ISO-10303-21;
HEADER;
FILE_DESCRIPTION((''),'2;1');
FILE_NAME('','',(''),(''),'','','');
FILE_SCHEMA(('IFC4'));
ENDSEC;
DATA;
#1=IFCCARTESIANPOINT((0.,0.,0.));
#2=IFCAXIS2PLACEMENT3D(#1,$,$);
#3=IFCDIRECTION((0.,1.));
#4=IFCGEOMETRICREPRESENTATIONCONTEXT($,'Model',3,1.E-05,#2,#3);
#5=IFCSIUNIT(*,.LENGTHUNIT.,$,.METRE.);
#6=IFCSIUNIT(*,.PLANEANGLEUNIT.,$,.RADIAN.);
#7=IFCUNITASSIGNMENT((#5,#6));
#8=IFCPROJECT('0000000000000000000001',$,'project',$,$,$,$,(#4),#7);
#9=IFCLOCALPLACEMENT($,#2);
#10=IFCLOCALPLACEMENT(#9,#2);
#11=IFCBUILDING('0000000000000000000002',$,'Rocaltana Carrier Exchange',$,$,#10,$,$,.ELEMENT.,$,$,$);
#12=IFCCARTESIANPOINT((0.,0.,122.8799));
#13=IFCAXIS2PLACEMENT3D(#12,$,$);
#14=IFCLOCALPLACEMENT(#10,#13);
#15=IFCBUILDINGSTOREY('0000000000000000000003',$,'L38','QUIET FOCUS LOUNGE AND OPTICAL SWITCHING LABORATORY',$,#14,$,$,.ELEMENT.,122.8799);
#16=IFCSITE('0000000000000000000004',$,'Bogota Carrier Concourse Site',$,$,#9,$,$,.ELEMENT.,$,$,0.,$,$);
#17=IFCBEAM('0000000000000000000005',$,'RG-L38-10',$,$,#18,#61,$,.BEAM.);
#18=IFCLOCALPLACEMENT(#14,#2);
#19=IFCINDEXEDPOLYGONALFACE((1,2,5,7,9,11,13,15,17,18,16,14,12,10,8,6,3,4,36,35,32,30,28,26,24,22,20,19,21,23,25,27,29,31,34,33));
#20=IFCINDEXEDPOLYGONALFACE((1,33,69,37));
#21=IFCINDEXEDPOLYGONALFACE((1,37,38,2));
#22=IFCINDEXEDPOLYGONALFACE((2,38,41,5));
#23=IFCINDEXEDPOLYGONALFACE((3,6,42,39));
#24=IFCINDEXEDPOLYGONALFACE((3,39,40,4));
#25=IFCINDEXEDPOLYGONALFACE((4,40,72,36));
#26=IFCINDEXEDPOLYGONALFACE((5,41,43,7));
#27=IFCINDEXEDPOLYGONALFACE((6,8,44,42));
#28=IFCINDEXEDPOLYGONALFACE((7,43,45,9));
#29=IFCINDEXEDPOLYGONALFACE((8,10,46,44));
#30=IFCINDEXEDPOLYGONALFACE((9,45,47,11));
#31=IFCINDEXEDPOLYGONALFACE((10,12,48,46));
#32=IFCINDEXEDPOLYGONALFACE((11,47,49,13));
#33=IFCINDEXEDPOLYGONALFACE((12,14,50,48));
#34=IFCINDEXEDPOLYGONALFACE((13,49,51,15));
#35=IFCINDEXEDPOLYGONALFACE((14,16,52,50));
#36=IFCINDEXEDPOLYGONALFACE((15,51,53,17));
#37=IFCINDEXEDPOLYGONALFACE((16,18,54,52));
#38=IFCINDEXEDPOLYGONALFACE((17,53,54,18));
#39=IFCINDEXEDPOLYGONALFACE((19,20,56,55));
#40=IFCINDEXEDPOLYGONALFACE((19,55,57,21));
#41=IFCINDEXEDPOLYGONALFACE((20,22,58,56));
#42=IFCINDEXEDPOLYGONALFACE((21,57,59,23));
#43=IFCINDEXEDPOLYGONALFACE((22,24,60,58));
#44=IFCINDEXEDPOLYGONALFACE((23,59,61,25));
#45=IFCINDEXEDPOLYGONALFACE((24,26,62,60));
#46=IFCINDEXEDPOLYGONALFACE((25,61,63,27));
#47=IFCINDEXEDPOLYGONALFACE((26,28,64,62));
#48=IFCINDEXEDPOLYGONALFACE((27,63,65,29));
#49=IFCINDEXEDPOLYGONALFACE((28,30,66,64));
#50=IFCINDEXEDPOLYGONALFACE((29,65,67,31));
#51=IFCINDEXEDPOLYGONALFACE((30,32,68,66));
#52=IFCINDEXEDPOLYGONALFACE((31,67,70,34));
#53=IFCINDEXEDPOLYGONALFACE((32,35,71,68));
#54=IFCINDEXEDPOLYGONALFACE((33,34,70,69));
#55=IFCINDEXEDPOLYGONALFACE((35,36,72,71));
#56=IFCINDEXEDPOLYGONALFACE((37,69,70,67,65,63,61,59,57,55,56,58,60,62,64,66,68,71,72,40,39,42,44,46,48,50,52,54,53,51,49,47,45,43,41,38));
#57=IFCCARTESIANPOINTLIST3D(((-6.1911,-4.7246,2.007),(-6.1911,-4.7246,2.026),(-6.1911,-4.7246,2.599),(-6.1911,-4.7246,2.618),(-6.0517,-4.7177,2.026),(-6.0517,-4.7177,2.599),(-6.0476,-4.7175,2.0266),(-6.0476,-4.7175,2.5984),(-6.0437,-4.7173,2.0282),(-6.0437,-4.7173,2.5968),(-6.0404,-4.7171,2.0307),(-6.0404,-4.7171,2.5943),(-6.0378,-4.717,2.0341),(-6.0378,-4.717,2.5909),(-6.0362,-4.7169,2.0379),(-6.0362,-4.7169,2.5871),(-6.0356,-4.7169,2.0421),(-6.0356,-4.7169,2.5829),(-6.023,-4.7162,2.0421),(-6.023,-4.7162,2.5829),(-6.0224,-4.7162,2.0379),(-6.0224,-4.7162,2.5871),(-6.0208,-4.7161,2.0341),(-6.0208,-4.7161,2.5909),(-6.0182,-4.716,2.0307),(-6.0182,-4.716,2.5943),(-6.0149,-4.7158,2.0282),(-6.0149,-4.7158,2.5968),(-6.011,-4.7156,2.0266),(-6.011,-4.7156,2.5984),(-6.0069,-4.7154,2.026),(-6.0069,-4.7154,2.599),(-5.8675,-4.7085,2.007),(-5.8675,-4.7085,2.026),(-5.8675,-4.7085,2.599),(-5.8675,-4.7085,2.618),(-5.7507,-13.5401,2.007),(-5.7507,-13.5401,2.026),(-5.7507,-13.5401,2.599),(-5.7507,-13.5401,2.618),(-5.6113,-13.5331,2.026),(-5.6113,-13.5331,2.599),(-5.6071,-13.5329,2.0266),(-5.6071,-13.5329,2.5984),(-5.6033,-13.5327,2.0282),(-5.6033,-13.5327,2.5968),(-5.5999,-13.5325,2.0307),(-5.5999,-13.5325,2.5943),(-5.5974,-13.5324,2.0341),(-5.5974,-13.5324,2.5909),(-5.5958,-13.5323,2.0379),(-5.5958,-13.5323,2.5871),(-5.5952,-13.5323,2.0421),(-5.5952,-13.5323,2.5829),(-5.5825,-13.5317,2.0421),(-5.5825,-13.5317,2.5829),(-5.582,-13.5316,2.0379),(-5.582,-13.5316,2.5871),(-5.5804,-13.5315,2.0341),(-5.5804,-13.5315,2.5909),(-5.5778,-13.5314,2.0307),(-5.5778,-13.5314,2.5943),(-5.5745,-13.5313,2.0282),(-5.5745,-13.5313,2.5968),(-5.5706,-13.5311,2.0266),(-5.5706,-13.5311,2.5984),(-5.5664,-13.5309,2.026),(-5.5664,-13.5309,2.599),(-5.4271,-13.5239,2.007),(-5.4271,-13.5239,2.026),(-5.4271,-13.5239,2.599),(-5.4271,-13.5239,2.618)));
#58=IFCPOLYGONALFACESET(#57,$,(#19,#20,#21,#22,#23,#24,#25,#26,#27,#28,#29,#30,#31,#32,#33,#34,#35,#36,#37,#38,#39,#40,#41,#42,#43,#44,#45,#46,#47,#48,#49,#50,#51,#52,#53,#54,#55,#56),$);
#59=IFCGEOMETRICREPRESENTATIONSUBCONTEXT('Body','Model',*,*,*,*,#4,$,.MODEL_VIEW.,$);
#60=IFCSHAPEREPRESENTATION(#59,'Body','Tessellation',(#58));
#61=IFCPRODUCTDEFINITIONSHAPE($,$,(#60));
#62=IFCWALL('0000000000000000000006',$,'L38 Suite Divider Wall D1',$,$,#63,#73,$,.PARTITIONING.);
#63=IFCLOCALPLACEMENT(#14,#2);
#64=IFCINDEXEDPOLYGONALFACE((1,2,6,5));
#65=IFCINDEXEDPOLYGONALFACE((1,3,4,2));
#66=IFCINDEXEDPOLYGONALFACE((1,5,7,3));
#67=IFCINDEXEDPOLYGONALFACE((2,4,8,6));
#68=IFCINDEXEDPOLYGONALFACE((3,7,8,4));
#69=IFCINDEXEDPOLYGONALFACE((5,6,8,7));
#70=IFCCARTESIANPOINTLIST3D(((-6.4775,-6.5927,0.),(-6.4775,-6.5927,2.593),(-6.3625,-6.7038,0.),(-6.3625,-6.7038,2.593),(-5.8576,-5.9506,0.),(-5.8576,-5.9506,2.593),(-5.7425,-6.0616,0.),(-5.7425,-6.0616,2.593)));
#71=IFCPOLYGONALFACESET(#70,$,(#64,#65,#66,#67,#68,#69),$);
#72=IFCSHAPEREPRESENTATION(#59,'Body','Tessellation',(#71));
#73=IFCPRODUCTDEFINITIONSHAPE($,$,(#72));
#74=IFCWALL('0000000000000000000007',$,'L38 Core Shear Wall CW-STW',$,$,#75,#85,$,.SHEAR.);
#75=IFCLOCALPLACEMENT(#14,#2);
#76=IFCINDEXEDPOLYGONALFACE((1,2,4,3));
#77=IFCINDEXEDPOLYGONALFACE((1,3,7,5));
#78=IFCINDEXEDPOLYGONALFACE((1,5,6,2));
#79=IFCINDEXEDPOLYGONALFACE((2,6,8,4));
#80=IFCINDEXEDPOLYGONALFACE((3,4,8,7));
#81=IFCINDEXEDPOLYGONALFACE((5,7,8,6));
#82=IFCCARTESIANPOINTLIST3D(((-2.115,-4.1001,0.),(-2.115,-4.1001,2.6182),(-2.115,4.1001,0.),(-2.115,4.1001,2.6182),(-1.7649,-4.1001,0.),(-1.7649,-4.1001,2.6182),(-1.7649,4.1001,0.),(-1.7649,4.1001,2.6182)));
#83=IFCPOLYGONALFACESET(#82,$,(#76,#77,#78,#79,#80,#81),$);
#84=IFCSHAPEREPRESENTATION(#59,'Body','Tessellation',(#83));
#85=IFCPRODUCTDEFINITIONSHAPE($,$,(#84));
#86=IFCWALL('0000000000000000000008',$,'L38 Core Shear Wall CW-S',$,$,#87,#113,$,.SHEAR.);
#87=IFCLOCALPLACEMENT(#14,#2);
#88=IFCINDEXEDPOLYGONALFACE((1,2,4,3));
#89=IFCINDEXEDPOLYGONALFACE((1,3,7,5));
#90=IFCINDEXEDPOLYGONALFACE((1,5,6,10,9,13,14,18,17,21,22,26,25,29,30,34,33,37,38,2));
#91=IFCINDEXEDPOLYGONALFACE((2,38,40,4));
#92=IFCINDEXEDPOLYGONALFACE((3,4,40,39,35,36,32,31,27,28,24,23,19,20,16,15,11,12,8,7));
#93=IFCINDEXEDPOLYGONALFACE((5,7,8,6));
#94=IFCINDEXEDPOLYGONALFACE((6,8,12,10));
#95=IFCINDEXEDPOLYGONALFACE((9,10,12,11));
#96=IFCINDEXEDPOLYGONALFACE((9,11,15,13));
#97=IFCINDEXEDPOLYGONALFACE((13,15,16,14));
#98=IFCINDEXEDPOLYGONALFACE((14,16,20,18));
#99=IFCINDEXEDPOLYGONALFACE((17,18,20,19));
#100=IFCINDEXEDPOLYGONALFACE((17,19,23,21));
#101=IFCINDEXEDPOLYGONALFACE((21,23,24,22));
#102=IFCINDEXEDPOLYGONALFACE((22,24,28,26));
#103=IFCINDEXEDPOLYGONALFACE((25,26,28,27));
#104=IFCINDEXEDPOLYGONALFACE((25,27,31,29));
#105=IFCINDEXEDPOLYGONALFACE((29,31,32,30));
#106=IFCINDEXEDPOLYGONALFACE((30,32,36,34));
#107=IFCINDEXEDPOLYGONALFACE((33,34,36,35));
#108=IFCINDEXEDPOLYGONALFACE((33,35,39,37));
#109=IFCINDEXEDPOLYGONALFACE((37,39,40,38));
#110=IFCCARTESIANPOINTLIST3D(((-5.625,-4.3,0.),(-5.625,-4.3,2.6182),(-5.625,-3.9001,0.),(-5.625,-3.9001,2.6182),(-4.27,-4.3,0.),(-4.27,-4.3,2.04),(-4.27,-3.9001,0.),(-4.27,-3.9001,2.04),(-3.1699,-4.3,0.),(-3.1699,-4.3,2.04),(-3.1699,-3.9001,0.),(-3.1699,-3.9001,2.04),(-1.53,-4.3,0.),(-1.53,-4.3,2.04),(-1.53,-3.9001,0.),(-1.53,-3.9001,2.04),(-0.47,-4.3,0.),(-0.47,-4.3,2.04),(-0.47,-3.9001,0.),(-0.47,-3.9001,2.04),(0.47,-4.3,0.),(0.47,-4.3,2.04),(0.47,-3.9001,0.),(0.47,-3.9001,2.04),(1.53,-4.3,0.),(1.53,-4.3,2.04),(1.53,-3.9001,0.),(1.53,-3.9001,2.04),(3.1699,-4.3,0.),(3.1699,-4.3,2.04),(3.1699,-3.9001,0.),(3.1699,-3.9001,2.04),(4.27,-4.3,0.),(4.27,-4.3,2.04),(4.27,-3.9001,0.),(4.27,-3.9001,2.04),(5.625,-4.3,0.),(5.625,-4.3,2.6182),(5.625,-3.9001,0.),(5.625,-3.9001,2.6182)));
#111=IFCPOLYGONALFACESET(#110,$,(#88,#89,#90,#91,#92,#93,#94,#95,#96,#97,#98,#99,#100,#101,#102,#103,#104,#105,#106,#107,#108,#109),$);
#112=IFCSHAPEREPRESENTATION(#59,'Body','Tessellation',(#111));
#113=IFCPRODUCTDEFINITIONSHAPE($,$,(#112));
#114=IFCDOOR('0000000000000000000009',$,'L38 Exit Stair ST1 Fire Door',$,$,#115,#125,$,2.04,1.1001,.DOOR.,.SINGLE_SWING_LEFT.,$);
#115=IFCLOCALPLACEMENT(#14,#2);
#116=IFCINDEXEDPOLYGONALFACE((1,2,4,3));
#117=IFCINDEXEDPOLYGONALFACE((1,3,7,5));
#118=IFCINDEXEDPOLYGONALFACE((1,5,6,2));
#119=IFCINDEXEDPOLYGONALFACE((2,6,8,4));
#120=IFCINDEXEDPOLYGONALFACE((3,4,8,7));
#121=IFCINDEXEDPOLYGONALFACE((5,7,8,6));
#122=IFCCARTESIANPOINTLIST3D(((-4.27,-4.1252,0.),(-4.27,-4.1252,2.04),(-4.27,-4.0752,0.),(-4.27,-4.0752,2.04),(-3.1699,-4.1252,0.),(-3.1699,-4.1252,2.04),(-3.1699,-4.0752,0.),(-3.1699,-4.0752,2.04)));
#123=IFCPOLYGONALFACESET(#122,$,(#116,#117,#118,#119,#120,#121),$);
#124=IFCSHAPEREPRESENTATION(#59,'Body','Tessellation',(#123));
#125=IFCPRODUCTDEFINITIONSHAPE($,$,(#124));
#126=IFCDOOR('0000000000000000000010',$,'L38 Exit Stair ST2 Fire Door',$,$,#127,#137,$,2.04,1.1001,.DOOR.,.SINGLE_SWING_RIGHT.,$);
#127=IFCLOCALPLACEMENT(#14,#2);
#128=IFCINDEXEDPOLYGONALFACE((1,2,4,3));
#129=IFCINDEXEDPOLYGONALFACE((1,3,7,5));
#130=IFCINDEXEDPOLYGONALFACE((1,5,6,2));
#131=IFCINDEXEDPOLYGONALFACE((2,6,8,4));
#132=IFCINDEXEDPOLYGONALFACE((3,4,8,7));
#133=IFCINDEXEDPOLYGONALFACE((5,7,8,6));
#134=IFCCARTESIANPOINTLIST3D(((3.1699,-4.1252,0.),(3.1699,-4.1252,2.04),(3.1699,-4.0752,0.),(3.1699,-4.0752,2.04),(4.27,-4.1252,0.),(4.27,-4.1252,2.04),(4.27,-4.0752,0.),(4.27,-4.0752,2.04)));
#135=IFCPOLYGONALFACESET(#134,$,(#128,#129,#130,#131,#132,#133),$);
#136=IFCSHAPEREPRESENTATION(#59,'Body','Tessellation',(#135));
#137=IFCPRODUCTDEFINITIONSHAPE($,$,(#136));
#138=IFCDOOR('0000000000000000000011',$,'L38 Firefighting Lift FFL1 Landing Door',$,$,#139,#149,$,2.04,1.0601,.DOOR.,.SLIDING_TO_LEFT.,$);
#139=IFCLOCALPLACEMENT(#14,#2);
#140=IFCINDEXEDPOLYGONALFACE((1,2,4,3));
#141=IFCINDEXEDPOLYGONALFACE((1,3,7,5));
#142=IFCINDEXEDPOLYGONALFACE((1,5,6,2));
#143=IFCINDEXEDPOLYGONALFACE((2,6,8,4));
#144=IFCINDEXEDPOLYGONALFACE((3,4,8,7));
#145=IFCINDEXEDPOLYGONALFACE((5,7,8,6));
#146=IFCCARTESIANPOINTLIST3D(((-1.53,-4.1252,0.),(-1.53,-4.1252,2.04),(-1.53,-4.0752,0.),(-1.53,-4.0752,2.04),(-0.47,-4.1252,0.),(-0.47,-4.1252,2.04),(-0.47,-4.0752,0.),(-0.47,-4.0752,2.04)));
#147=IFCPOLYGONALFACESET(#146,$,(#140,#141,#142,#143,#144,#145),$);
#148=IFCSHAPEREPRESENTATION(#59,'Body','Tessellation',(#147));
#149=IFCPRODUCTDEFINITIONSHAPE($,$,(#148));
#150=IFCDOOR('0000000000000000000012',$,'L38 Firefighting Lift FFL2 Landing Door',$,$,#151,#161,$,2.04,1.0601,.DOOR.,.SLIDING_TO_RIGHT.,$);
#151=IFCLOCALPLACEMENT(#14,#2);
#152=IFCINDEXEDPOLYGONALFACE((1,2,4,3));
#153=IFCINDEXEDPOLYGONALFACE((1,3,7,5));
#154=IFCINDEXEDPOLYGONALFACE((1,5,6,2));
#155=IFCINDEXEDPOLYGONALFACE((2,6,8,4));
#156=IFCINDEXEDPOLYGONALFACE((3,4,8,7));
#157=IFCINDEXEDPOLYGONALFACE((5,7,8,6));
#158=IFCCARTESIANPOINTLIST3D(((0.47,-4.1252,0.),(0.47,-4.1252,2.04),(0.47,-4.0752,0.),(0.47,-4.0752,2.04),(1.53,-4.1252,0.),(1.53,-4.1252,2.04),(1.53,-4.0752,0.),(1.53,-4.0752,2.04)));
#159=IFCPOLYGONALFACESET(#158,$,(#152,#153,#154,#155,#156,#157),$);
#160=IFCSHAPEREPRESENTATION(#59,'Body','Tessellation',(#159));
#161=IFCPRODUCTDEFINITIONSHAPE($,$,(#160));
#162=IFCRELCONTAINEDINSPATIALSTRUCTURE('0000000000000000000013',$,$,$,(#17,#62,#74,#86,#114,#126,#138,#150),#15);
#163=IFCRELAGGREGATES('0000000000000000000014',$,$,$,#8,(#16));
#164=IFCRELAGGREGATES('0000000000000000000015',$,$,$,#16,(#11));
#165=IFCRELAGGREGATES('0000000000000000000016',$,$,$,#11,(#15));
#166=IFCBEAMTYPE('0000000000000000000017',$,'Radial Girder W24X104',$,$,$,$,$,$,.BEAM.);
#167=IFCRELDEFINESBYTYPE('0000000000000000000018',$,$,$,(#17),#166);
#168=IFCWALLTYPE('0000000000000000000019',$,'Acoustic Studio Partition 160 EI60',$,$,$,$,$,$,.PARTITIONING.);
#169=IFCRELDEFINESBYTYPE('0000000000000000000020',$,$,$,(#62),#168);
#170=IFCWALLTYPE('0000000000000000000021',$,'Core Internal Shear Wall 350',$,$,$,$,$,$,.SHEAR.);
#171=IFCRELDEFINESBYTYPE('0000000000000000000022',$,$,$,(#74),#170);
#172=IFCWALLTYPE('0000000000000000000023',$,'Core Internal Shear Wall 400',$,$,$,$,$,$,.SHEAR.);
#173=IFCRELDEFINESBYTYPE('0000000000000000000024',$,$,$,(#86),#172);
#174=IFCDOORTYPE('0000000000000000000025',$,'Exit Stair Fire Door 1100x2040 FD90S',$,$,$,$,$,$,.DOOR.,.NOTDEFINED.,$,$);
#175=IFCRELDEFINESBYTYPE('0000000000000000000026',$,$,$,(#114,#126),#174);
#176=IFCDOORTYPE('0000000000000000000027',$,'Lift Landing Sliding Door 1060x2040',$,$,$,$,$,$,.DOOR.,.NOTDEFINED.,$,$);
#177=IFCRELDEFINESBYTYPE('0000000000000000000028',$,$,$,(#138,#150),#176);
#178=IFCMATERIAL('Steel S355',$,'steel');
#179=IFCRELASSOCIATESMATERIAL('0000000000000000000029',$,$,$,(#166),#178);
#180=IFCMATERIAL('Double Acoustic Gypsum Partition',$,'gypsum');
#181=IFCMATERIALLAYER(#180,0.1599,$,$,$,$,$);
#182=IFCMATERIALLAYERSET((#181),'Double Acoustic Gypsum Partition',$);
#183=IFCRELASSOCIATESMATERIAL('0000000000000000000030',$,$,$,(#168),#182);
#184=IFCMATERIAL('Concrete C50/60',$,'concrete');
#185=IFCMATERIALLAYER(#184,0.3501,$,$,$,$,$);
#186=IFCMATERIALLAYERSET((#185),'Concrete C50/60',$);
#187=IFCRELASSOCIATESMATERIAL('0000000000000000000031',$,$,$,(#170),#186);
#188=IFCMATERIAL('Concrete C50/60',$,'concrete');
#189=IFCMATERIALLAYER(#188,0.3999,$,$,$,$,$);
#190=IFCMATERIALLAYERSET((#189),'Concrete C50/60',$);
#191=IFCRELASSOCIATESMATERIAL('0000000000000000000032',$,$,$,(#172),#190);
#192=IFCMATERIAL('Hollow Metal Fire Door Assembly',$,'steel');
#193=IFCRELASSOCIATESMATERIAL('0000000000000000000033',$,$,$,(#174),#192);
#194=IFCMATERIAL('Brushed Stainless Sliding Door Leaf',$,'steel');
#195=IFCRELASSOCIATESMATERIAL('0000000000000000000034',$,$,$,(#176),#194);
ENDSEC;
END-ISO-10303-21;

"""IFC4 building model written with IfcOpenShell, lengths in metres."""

from ifc_helpers import new_model, si_unit, direction, frame, frame_2d, origin, origin_2d, place, context, subcontext, project, spatial, rectangle, i_section, extrude, material, layer, layer_set, material_profile, profile_set, type_object, element, fill, save


model = new_model("IFC4")

# Units and contexts
model_context = context("Model", 3, precision=1e-05, world=origin(), true_north=direction((0.0, 1.0)))
body_context = subcontext(model_context, "Body", "Model", "MODEL_VIEW")
ifc_project = project(units=[si_unit("LENGTHUNIT", "METRE"), si_unit("PLANEANGLEUNIT", "RADIAN")], contexts=[model_context])

# Site, building, storey
site_placement = place(None, origin())
site = spatial("IfcSite", under=ifc_project, at=site_placement, Name="Bogota Carrier Concourse Site", CompositionType="ELEMENT", RefElevation=0.0)
building_placement = place(site_placement, origin())
building = spatial("IfcBuilding", under=site, at=building_placement, Name="Rocaltana Carrier Exchange", CompositionType="ELEMENT")
storey_placement = place(building_placement, frame((0.0, 0.0, 122.8799)))
storey = spatial("IfcBuildingStorey", under=building, at=storey_placement, Name="L38", Description="QUIET FOCUS LOUNGE AND OPTICAL SWITCHING LABORATORY", CompositionType="ELEMENT", Elevation=122.8799)

# Beam
ifc_material_1 = material(Name="Steel S355", Category="steel")
ifc_material_profile_1 = material_profile(ifc_material_1, i_section(OverallWidth=0.324, OverallDepth=0.6111, WebThickness=0.0127, FlangeThickness=0.019, FilletRadius=0.0161, at=origin_2d()), Name="W24X104")
ifc_profile_set_1 = profile_set([ifc_material_profile_1], Name="Steel S355")
beam_type = type_object("IfcBeamType", Name="Radial Girder W24X104", PredefinedType="BEAM", material=ifc_profile_set_1)
beam_1_placement = place(storey_placement, frame((-6.0293, -4.7166, 2.3125), z_axis=(0.049899, -0.998754, 0.0), x_axis=(0.998754, 0.049899, 0.0)))
element("IfcBeam", 1, at=beam_1_placement, inside=storey, type_object=beam_type, Name="RG-L38-10", PredefinedType="BEAM", context=body_context, shape_type="SweptSolid", body=[
    extrude(i_section(OverallWidth=0.324, OverallDepth=0.6111, WebThickness=0.0127, FlangeThickness=0.019, FilletRadius=0.0161, at=origin_2d()), origin(), (0.0, 0.0, 1.0), 8.8264),
])

# Walls
ifc_material_2 = material(Name="Double Acoustic Gypsum Partition", Category="gypsum")
ifc_layer_1 = layer(ifc_material_2, 0.1599)
ifc_layer_set_1 = layer_set([ifc_layer_1], Name="Double Acoustic Gypsum Partition")
wall_type_1 = type_object("IfcWallType", Name="Acoustic Studio Partition 160 EI60", PredefinedType="PARTITIONING", material=ifc_layer_set_1)
wall_1_placement = place(storey_placement, frame((-5.8, -6.0061, 0.0), z_axis=(0.0, 0.0, 1.0), x_axis=(-0.694551, -0.719444, 0.0)))
element("IfcWall", 2, at=wall_1_placement, inside=storey, type_object=wall_type_1, Name="L38 Suite Divider Wall D1", PredefinedType="PARTITIONING", context=body_context, shape_type="SweptSolid", body=[
    extrude(rectangle(XDim=0.8926, YDim=0.1599, at=frame_2d((0.4463, 0.0))), origin(), (0.0, 0.0, 1.0), 2.593),
])
ifc_material_3 = material(Name="Concrete C50/60", Category="concrete")
ifc_layer_2 = layer(ifc_material_3, 0.3501)
ifc_layer_set_2 = layer_set([ifc_layer_2], Name="Concrete C50/60")
wall_type_2 = type_object("IfcWallType", Name="Core Internal Shear Wall 350", PredefinedType="SHEAR", material=ifc_layer_set_2)
wall_2_placement = place(storey_placement, frame((-1.9399, -4.1001, 0.0), z_axis=(0.0, 0.0, 1.0), x_axis=(0.0, 1.0, 0.0)))
element("IfcWall", 3, at=wall_2_placement, inside=storey, type_object=wall_type_2, Name="L38 Core Shear Wall CW-STW", PredefinedType="SHEAR", context=body_context, shape_type="SweptSolid", body=[
    extrude(rectangle(XDim=8.2002, YDim=0.3501, at=frame_2d((4.1001, 0.0))), origin(), (0.0, 0.0, 1.0), 2.6182),
])

# Wall, openings, doors
ifc_material_4 = material(Name="Concrete C50/60", Category="concrete")
ifc_layer_3 = layer(ifc_material_4, 0.3999)
ifc_layer_set_3 = layer_set([ifc_layer_3], Name="Concrete C50/60")
wall_type_3 = type_object("IfcWallType", Name="Core Internal Shear Wall 400", PredefinedType="SHEAR", material=ifc_layer_set_3)
wall_3_placement = place(storey_placement, frame((-5.625, -4.1001, 0.0), z_axis=(0.0, 0.0, 1.0), x_axis=(1.0, 0.0, 0.0)))
wall_3 = element("IfcWall", 4, at=wall_3_placement, inside=storey, type_object=wall_type_3, Name="L38 Core Shear Wall CW-S", PredefinedType="SHEAR", context=body_context, shape_type="SweptSolid", body=[
    extrude(rectangle(XDim=11.25, YDim=0.3999, at=frame_2d((5.625, 0.0))), origin(), (0.0, 0.0, 1.0), 2.6182),
])
opening_1_placement = place(wall_3_placement, frame((1.355, 0.0, 0.0)))
opening_1 = element("IfcOpeningElement", 5, at=opening_1_placement, cuts=wall_3, PredefinedType="OPENING", context=body_context, shape_type="SweptSolid", body=[
    extrude(rectangle(XDim=1.1001, YDim=2.04, at=frame_2d((0.55, 1.02))), frame((0.0, 0.21, 0.0), z_axis=(0.0, -1.0, 0.0), x_axis=(1.0, 0.0, 0.0)), (0.0, 0.0, 1.0), 0.4199),
])
opening_2_placement = place(wall_3_placement, frame((8.7949, 0.0, 0.0)))
opening_2 = element("IfcOpeningElement", 6, at=opening_2_placement, cuts=wall_3, PredefinedType="OPENING", context=body_context, shape_type="SweptSolid", body=[
    extrude(rectangle(XDim=1.1001, YDim=2.04, at=frame_2d((0.55, 1.02))), frame((0.0, 0.21, 0.0), z_axis=(0.0, -1.0, 0.0), x_axis=(1.0, 0.0, 0.0)), (0.0, 0.0, 1.0), 0.4199),
])
opening_3_placement = place(wall_3_placement, frame((4.095, 0.0, 0.0)))
opening_3 = element("IfcOpeningElement", 7, at=opening_3_placement, cuts=wall_3, PredefinedType="OPENING", context=body_context, shape_type="SweptSolid", body=[
    extrude(rectangle(XDim=1.0601, YDim=2.04, at=frame_2d((0.53, 1.02))), frame((0.0, 0.21, 0.0), z_axis=(0.0, -1.0, 0.0), x_axis=(1.0, 0.0, 0.0)), (0.0, 0.0, 1.0), 0.4199),
])
opening_4_placement = place(wall_3_placement, frame((6.095, 0.0, 0.0)))
opening_4 = element("IfcOpeningElement", 8, at=opening_4_placement, cuts=wall_3, PredefinedType="OPENING", context=body_context, shape_type="SweptSolid", body=[
    extrude(rectangle(XDim=1.0601, YDim=2.04, at=frame_2d((0.53, 1.02))), frame((0.0, 0.21, 0.0), z_axis=(0.0, -1.0, 0.0), x_axis=(1.0, 0.0, 0.0)), (0.0, 0.0, 1.0), 0.4199),
])
ifc_material_5 = material(Name="Hollow Metal Fire Door Assembly", Category="steel")
door_type_1 = type_object("IfcDoorType", Name="Exit Stair Fire Door 1100x2040 FD90S", OperationType="NOTDEFINED", PredefinedType="DOOR", material=ifc_material_5)
door_1_placement = place(opening_1_placement, origin())
door_1 = element("IfcDoor", 9, at=door_1_placement, inside=storey, type_object=door_type_1, Name="L38 Exit Stair ST1 Fire Door", OperationType="SINGLE_SWING_LEFT", OverallHeight=2.04, OverallWidth=1.1001, PredefinedType="DOOR", context=body_context, shape_type="SweptSolid", body=[
    extrude(rectangle(XDim=1.1001, YDim=2.04, at=frame_2d((0.55, 1.02))), frame((0.0, 0.0249, 0.0), z_axis=(0.0, -1.0, 0.0), x_axis=(1.0, 0.0, 0.0)), (0.0, 0.0, 1.0), 0.05),
])
fill(opening_1, door_1)
door_2_placement = place(opening_2_placement, origin())
door_2 = element("IfcDoor", 10, at=door_2_placement, inside=storey, type_object=door_type_1, Name="L38 Exit Stair ST2 Fire Door", OperationType="SINGLE_SWING_RIGHT", OverallHeight=2.04, OverallWidth=1.1001, PredefinedType="DOOR", context=body_context, shape_type="SweptSolid", body=[
    extrude(rectangle(XDim=1.1001, YDim=2.04, at=frame_2d((0.55, 1.02))), frame((0.0, 0.0249, 0.0), z_axis=(0.0, -1.0, 0.0), x_axis=(1.0, 0.0, 0.0)), (0.0, 0.0, 1.0), 0.05),
])
fill(opening_2, door_2)
ifc_material_6 = material(Name="Brushed Stainless Sliding Door Leaf", Category="steel")
door_type_2 = type_object("IfcDoorType", Name="Lift Landing Sliding Door 1060x2040", OperationType="NOTDEFINED", PredefinedType="DOOR", material=ifc_material_6)
door_3_placement = place(opening_3_placement, origin())
door_3 = element("IfcDoor", 11, at=door_3_placement, inside=storey, type_object=door_type_2, Name="L38 Firefighting Lift FFL1 Landing Door", OperationType="SLIDING_TO_LEFT", OverallHeight=2.04, OverallWidth=1.0601, PredefinedType="DOOR", context=body_context, shape_type="SweptSolid", body=[
    extrude(rectangle(XDim=1.0601, YDim=2.04, at=frame_2d((0.53, 1.02))), frame((0.0, 0.0249, 0.0), z_axis=(0.0, -1.0, 0.0), x_axis=(1.0, 0.0, 0.0)), (0.0, 0.0, 1.0), 0.05),
])
fill(opening_3, door_3)
door_4_placement = place(opening_4_placement, origin())
door_4 = element("IfcDoor", 12, at=door_4_placement, inside=storey, type_object=door_type_2, Name="L38 Firefighting Lift FFL2 Landing Door", OperationType="SLIDING_TO_RIGHT", OverallHeight=2.04, OverallWidth=1.0601, PredefinedType="DOOR", context=body_context, shape_type="SweptSolid", body=[
    extrude(rectangle(XDim=1.0601, YDim=2.04, at=frame_2d((0.53, 1.02))), frame((0.0, 0.0249, 0.0), z_axis=(0.0, -1.0, 0.0), x_axis=(1.0, 0.0, 0.0)), (0.0, 0.0, 1.0), 0.05),
])
fill(opening_4, door_4)

save(model, "model.ifc")
